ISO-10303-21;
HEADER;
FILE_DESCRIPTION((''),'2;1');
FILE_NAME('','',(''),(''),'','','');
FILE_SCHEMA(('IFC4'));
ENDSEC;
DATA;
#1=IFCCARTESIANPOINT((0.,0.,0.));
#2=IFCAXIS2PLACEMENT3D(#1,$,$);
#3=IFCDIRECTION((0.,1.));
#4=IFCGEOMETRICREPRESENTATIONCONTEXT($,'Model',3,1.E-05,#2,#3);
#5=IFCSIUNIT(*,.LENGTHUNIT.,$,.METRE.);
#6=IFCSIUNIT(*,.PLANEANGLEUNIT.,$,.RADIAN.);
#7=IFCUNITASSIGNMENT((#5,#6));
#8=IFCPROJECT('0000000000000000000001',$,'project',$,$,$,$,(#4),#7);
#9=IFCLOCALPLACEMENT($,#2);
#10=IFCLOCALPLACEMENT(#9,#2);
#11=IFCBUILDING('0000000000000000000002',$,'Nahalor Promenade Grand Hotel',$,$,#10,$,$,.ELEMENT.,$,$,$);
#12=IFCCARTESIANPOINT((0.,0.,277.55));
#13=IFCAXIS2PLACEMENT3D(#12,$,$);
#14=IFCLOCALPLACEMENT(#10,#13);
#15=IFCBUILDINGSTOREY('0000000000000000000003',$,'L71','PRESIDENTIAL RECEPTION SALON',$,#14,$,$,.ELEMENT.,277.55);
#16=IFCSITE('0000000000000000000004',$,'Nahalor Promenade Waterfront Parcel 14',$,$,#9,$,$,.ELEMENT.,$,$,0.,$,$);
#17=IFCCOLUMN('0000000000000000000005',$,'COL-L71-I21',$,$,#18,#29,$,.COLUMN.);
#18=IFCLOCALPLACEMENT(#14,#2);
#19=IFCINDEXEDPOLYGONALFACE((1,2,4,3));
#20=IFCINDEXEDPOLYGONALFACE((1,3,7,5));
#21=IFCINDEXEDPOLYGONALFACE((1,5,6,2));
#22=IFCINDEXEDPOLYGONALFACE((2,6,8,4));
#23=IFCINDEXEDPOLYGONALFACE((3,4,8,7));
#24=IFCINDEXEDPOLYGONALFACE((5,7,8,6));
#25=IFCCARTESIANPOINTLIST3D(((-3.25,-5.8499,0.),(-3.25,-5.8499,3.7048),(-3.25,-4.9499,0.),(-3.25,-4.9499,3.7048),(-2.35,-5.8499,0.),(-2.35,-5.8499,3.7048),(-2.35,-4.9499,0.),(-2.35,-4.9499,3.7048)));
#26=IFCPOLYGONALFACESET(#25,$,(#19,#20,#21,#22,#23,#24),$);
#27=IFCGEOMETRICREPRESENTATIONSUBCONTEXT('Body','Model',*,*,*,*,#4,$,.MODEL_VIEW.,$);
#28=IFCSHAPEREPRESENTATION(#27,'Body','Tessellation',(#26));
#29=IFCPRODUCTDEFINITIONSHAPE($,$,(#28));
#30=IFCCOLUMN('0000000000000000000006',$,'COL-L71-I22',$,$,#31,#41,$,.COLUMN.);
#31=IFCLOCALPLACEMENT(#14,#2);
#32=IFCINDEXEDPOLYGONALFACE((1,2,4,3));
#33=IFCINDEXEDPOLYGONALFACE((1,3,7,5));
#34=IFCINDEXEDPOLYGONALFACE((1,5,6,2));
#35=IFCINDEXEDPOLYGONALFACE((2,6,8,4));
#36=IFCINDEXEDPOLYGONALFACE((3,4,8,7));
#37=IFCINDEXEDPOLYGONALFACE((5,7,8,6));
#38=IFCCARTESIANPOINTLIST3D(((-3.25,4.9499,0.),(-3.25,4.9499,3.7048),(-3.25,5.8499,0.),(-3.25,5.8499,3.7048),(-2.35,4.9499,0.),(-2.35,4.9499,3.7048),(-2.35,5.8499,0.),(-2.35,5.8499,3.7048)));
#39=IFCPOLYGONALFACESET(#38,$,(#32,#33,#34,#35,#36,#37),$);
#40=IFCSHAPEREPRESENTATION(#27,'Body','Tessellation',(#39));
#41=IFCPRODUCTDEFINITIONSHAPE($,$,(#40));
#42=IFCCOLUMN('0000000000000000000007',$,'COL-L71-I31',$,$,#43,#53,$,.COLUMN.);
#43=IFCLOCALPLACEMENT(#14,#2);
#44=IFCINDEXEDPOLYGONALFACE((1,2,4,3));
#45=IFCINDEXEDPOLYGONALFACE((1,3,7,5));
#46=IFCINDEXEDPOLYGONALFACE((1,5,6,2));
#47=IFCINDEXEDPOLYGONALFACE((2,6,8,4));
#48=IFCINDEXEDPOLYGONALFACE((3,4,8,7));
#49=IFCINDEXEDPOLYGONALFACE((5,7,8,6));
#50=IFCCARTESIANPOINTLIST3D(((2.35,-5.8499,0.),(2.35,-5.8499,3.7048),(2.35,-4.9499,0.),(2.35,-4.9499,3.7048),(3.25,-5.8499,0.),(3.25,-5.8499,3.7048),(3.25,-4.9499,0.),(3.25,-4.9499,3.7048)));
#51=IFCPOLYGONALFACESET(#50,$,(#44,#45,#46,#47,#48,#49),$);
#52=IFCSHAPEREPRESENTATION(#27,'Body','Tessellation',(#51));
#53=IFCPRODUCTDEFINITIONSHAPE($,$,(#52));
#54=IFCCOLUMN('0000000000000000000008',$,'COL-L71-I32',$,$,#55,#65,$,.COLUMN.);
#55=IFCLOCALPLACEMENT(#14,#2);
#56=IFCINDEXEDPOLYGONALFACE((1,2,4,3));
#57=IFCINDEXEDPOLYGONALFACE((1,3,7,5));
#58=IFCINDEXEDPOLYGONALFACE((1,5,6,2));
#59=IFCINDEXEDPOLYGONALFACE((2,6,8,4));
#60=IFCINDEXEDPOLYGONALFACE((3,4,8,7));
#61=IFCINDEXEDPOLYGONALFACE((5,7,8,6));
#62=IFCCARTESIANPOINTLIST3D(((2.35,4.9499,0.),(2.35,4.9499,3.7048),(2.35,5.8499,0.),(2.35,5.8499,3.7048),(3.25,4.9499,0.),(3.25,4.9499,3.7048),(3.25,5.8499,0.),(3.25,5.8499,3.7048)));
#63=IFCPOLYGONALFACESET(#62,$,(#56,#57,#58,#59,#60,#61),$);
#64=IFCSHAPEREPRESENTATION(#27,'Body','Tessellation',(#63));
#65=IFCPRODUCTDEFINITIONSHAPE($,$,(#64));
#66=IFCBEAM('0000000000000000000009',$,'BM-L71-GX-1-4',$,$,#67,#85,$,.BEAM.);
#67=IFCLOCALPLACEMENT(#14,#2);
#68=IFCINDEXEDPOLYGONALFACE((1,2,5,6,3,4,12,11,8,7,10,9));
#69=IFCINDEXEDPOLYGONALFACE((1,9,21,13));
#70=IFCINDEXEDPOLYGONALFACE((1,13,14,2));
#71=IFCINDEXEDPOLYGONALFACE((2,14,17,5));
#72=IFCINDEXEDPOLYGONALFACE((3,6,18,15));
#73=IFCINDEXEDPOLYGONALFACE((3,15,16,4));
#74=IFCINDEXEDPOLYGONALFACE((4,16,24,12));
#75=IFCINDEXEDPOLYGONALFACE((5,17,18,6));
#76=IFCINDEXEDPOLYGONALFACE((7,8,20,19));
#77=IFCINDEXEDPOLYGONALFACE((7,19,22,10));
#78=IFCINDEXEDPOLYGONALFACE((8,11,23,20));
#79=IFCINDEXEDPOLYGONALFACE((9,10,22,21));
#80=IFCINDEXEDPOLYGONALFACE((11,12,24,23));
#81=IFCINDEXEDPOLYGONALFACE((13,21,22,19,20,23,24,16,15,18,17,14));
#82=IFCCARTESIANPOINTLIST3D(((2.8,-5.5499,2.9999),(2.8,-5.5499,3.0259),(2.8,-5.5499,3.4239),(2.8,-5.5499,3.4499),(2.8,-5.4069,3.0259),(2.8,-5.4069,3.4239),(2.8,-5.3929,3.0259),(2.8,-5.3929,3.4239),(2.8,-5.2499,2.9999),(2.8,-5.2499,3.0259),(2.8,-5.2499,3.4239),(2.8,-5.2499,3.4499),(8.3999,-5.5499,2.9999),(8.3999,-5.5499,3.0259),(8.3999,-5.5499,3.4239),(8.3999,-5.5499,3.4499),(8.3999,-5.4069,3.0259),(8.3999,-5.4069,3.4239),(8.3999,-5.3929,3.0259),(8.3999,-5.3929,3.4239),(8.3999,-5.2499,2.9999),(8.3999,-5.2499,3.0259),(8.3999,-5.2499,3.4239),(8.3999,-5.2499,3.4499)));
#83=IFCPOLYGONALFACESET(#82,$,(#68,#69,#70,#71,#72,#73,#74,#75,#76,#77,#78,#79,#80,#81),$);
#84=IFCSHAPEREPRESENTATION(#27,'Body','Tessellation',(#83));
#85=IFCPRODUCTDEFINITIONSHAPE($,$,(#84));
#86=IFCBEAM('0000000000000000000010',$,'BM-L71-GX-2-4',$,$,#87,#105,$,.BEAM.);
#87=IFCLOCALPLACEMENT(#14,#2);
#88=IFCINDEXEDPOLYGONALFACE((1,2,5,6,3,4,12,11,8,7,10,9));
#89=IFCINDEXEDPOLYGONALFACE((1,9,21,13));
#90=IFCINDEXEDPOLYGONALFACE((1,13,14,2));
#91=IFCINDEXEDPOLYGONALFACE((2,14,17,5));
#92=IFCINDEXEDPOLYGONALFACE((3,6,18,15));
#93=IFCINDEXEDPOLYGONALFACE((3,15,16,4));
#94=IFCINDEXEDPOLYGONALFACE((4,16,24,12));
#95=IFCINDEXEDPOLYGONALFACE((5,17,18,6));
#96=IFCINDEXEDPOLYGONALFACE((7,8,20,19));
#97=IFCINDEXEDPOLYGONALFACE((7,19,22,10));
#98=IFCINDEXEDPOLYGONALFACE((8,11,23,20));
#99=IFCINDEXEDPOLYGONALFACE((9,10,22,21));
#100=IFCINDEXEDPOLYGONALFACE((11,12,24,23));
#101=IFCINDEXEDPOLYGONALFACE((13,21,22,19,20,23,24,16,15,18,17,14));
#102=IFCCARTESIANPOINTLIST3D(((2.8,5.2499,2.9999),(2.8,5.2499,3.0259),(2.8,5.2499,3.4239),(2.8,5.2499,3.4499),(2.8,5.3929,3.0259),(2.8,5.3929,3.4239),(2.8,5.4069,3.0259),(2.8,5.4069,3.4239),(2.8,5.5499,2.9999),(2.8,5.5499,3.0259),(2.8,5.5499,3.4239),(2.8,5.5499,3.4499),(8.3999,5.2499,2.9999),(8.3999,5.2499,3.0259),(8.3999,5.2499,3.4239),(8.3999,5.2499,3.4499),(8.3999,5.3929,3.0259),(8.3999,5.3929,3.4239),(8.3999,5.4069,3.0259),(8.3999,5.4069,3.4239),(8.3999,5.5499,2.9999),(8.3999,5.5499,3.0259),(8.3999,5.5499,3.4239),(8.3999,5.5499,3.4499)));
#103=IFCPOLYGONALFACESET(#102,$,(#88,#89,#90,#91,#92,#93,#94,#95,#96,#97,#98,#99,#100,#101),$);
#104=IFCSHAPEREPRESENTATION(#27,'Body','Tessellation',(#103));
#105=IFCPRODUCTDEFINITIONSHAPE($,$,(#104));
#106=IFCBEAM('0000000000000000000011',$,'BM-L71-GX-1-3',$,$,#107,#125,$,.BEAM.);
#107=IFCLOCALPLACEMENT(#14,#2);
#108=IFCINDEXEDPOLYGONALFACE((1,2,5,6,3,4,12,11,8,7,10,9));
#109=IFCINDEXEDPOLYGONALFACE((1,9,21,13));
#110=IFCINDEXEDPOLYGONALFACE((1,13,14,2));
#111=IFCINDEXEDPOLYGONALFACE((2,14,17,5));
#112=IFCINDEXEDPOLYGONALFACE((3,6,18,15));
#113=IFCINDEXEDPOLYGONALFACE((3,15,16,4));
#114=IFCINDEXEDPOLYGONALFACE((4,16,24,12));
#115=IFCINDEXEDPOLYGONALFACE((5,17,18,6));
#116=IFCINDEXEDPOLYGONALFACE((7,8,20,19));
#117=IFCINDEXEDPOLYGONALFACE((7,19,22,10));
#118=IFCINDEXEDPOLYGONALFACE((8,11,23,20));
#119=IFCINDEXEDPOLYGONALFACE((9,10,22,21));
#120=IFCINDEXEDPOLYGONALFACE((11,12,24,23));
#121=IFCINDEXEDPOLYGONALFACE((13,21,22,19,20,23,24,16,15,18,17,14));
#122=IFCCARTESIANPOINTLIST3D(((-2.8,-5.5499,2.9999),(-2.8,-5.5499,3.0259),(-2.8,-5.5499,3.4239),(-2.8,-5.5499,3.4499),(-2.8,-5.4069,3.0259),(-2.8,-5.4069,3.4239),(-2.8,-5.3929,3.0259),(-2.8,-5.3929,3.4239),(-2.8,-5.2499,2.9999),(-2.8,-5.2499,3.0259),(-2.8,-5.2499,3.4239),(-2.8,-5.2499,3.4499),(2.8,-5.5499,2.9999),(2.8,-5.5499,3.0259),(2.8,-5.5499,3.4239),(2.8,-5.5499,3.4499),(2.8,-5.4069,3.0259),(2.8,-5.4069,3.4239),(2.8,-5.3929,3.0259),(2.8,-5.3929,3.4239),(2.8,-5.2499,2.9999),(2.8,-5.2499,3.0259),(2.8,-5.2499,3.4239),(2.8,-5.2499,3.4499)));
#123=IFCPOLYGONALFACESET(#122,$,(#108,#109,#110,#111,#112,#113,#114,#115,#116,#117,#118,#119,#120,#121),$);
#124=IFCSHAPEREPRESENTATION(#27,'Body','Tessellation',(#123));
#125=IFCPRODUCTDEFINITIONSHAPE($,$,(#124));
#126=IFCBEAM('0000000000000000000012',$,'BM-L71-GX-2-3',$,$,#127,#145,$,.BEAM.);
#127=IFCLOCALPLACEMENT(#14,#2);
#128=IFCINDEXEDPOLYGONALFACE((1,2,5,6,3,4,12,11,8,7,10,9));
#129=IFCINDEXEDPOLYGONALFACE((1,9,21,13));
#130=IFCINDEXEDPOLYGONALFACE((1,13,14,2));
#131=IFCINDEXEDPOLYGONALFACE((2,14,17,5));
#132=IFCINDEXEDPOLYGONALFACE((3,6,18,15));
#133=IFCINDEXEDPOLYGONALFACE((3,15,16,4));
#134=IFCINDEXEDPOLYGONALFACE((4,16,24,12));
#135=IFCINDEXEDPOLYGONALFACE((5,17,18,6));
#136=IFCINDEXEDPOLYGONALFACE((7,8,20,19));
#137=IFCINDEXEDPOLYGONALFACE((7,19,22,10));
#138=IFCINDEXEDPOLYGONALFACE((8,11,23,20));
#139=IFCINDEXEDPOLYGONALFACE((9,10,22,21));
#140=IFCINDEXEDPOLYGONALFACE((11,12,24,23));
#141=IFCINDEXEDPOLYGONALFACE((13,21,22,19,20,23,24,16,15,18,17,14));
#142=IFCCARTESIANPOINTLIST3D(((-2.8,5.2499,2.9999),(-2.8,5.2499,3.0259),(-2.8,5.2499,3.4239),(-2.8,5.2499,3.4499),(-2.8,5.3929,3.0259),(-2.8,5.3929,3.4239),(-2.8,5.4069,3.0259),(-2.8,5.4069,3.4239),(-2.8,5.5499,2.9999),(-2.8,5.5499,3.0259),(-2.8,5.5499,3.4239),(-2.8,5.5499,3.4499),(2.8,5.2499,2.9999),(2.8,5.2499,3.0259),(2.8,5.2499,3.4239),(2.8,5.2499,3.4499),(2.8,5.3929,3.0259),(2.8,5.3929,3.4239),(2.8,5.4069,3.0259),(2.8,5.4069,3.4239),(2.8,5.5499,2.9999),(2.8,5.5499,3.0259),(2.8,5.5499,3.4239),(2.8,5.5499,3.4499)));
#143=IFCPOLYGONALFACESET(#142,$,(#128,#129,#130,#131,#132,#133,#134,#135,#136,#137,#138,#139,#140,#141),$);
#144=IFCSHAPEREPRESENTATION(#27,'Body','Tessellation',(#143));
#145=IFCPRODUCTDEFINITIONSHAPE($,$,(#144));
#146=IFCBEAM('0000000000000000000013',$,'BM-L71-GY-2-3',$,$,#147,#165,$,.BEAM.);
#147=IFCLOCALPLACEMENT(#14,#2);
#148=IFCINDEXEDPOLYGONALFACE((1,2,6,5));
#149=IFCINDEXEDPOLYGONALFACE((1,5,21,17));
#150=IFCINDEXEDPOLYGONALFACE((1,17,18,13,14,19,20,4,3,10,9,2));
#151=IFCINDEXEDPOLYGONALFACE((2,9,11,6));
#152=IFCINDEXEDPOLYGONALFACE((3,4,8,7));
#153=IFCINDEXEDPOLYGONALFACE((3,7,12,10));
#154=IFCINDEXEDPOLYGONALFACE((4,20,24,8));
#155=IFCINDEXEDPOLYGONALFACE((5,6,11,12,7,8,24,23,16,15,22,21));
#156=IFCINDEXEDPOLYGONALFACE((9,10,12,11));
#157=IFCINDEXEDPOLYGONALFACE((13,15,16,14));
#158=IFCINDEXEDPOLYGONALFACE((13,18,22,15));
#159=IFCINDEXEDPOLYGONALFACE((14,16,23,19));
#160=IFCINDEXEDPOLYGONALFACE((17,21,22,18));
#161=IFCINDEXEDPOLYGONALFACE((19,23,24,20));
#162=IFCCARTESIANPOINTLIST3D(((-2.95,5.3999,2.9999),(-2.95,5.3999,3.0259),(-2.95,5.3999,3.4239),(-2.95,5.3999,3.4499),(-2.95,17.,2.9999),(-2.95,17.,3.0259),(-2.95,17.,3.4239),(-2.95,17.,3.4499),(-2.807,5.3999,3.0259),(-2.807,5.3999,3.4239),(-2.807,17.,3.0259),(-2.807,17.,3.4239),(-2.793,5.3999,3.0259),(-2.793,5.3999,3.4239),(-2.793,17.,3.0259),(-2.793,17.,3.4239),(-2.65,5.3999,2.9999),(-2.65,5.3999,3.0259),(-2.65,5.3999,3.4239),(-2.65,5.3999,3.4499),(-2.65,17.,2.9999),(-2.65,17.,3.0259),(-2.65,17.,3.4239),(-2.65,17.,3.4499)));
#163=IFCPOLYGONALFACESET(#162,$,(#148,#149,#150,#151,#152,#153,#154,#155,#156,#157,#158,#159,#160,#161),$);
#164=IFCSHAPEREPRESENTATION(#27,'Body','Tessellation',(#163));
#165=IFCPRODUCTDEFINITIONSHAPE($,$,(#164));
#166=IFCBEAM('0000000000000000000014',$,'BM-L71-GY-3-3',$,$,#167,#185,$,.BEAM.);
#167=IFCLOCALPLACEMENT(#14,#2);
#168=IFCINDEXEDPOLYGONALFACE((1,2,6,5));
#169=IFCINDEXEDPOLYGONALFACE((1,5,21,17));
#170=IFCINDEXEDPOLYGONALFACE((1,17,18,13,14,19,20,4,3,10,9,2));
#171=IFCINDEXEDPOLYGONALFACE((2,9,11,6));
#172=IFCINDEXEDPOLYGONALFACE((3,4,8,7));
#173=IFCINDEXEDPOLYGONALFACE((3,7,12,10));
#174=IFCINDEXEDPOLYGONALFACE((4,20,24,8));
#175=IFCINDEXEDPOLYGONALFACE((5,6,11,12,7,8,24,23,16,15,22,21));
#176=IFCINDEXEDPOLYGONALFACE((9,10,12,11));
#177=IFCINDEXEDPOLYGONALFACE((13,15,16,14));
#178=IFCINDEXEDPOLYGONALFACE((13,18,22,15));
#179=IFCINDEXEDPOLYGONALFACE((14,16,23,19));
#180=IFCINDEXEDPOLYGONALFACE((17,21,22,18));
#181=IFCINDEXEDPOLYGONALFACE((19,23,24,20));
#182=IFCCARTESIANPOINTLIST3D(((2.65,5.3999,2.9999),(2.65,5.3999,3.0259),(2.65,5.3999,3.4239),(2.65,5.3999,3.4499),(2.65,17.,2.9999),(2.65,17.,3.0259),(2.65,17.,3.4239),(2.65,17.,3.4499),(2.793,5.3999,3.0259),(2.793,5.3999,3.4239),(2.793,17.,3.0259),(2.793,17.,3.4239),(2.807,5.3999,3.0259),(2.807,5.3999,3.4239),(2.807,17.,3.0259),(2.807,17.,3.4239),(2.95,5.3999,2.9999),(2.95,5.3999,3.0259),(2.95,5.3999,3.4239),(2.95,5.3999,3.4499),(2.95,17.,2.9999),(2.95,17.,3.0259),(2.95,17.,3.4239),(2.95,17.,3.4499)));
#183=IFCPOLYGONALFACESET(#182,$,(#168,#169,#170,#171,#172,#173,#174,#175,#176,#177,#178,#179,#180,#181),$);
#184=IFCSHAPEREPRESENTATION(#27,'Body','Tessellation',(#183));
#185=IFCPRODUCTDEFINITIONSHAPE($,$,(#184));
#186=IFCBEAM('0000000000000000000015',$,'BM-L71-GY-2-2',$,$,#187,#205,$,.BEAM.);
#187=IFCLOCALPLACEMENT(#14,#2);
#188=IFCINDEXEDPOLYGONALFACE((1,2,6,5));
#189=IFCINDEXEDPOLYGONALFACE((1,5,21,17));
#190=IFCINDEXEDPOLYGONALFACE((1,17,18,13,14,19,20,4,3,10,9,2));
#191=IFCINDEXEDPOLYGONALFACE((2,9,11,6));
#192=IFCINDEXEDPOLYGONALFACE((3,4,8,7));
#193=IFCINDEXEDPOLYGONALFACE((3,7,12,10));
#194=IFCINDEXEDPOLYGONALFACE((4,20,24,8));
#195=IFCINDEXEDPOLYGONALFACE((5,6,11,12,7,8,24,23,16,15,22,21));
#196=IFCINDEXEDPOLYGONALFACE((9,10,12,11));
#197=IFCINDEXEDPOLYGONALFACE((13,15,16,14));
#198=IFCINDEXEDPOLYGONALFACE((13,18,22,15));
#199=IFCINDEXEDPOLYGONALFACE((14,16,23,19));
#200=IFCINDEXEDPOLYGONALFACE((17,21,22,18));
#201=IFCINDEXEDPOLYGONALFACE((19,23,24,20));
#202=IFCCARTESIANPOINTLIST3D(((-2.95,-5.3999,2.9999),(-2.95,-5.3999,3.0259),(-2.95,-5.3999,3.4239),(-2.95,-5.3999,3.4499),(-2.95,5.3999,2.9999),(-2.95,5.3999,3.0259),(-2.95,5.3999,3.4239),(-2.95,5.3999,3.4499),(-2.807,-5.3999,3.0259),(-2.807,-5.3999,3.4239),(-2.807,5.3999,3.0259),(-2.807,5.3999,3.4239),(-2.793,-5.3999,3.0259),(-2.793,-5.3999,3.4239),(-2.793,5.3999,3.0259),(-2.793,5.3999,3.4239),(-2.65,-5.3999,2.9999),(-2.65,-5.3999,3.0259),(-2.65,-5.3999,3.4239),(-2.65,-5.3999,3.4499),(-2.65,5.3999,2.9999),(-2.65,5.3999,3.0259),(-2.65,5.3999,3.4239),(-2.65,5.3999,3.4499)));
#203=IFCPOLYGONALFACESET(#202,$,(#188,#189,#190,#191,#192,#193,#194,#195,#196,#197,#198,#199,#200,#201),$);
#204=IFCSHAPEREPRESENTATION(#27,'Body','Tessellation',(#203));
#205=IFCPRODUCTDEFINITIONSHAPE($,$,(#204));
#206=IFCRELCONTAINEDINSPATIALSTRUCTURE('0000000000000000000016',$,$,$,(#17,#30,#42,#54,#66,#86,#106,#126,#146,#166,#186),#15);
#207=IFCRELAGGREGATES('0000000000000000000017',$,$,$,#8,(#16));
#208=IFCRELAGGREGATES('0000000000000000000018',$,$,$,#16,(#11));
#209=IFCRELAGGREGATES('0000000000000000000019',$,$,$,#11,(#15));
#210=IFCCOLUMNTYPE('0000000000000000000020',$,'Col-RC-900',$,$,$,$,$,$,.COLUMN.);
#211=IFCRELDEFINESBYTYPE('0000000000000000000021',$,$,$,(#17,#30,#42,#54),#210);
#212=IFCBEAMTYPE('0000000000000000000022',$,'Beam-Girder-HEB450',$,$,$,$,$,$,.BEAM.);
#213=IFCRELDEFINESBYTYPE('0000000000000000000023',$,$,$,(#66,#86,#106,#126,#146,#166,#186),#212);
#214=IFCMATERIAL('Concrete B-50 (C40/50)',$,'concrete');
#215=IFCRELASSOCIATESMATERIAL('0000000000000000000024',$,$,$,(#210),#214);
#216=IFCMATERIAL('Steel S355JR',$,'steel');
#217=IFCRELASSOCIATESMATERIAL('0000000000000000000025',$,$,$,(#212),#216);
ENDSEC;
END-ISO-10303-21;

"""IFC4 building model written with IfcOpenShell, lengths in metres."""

from ifc_helpers import new_model, si_unit, direction, frame, origin, origin_2d, place, context, subcontext, project, spatial, rectangle, i_section, extrude, source, transform, mapped, material, material_profile, profile_set, type_object, element, save


model = new_model("IFC4")

# Units and contexts
model_context = context("Model", 3, precision=1e-05, world=origin(), true_north=direction((0.0, 1.0)))
body_context = subcontext(model_context, "Body", "Model", "MODEL_VIEW")
ifc_project = project(units=[si_unit("LENGTHUNIT", "METRE"), si_unit("PLANEANGLEUNIT", "RADIAN")], contexts=[model_context])

# Site, building, storey
site_placement = place(None, origin())
site = spatial("IfcSite", under=ifc_project, at=site_placement, Name="Nahalor Promenade Waterfront Parcel 14", CompositionType="ELEMENT", RefElevation=0.0)
building_placement = place(site_placement, origin())
building = spatial("IfcBuilding", under=site, at=building_placement, Name="Nahalor Promenade Grand Hotel", CompositionType="ELEMENT")
storey_placement = place(building_placement, frame((0.0, 0.0, 277.55)))
storey = spatial("IfcBuildingStorey", under=building, at=storey_placement, Name="L71", Description="PRESIDENTIAL RECEPTION SALON", CompositionType="ELEMENT", Elevation=277.55)

# Columns
ifc_material_1 = material(Name="Concrete B-50 (C40/50)", Category="concrete")
ifc_material_profile_1 = material_profile(ifc_material_1, rectangle(XDim=0.9, YDim=0.9, at=origin_2d()), Name="RC 900x900")
ifc_profile_set_1 = profile_set([ifc_material_profile_1], Name="Concrete B-50 (C40/50)")
column_type = type_object("IfcColumnType", Name="Col-RC-900", PredefinedType="COLUMN", material=ifc_profile_set_1)
shared_shape_1 = source(origin(), body_context, "Body", "SweptSolid", [
    extrude(rectangle(XDim=0.9, YDim=0.9, at=origin_2d()), origin(), (0.0, 0.0, 1.0), 3.7048),
])
for number, where, z_axis, x_axis, name in (
    (1, (-2.8, -5.3999, 0.0), (0.0, 0.0, 1.0), (1.0, 0.0, 0.0), "COL-L71-I21"),
    (2, (-2.8, 5.3999, 0.0), (0.0, 0.0, 1.0), (1.0, 0.0, 0.0), "COL-L71-I22"),
    (3, (2.8, -5.3999, 0.0), (0.0, 0.0, 1.0), (1.0, 0.0, 0.0), "COL-L71-I31"),
    (4, (2.8, 5.3999, 0.0), (0.0, 0.0, 1.0), (1.0, 0.0, 0.0), "COL-L71-I32"),
):
    element("IfcColumn", number, at=place(storey_placement, frame(where, z_axis=z_axis, x_axis=x_axis)), inside=storey, type_object=column_type, Name=name, PredefinedType="COLUMN", context=body_context, shape_type="MappedRepresentation", body=[
        mapped(shared_shape_1, transform((0.0, 0.0, 0.0), scale=1.0)),
    ])

# Beams
ifc_material_2 = material(Name="Steel S355JR", Category="steel")
ifc_material_profile_2 = material_profile(ifc_material_2, i_section(OverallWidth=0.3, OverallDepth=0.45, WebThickness=0.014, FlangeThickness=0.026, at=origin_2d()), Name="HEB 450")
ifc_profile_set_2 = profile_set([ifc_material_profile_2], Name="Steel S355JR")
beam_type = type_object("IfcBeamType", Name="Beam-Girder-HEB450", PredefinedType="BEAM", material=ifc_profile_set_2)
shared_shape_2 = source(origin(), body_context, "Body", "SweptSolid", [
    extrude(i_section(OverallWidth=0.3, OverallDepth=0.45, WebThickness=0.014, FlangeThickness=0.026, at=origin_2d()), origin(), (0.0, 0.0, 1.0), 5.5999),
])
for number, where, z_axis, x_axis, name in (
    (5, (2.8, -5.3999, 3.2249), (1.0, 0.0, 0.0), (0.0, 1.0, 0.0), "BM-L71-GX-1-4"),
    (6, (2.8, 5.3999, 3.2249), (1.0, 0.0, 0.0), (0.0, 1.0, 0.0), "BM-L71-GX-2-4"),
):
    element("IfcBeam", number, at=place(storey_placement, frame(where, z_axis=z_axis, x_axis=x_axis)), inside=storey, type_object=beam_type, Name=name, PredefinedType="BEAM", context=body_context, shape_type="MappedRepresentation", body=[
        mapped(shared_shape_2, transform((0.0, 0.0, 0.0), scale=1.0)),
    ])
shared_shape_3 = source(origin(), body_context, "Body", "SweptSolid", [
    extrude(i_section(OverallWidth=0.3, OverallDepth=0.45, WebThickness=0.014, FlangeThickness=0.026, at=origin_2d()), origin(), (0.0, 0.0, 1.0), 5.6001),
])
for number, where, z_axis, x_axis, name in (
    (7, (-2.8, -5.3999, 3.2249), (1.0, 0.0, 0.0), (0.0, 1.0, 0.0), "BM-L71-GX-1-3"),
    (8, (-2.8, 5.3999, 3.2249), (1.0, 0.0, 0.0), (0.0, 1.0, 0.0), "BM-L71-GX-2-3"),
):
    element("IfcBeam", number, at=place(storey_placement, frame(where, z_axis=z_axis, x_axis=x_axis)), inside=storey, type_object=beam_type, Name=name, PredefinedType="BEAM", context=body_context, shape_type="MappedRepresentation", body=[
        mapped(shared_shape_3, transform((0.0, 0.0, 0.0), scale=1.0)),
    ])
shared_shape_4 = source(origin(), body_context, "Body", "SweptSolid", [
    extrude(i_section(OverallWidth=0.3, OverallDepth=0.45, WebThickness=0.014, FlangeThickness=0.026, at=origin_2d()), origin(), (0.0, 0.0, 1.0), 11.6001),
])
for number, where, z_axis, x_axis, name in (
    (9, (-2.8, 5.3999, 3.2249), (0.0, 1.0, 0.0), (-1.0, 0.0, 0.0), "BM-L71-GY-2-3"),
    (10, (2.8, 5.3999, 3.2249), (0.0, 1.0, 0.0), (-1.0, 0.0, 0.0), "BM-L71-GY-3-3"),
):
    element("IfcBeam", number, at=place(storey_placement, frame(where, z_axis=z_axis, x_axis=x_axis)), inside=storey, type_object=beam_type, Name=name, PredefinedType="BEAM", context=body_context, shape_type="MappedRepresentation", body=[
        mapped(shared_shape_4, transform((0.0, 0.0, 0.0), scale=1.0)),
    ])
shared_shape_5 = source(origin(), body_context, "Body", "SweptSolid", [
    extrude(i_section(OverallWidth=0.3, OverallDepth=0.45, WebThickness=0.014, FlangeThickness=0.026, at=origin_2d()), origin(), (0.0, 0.0, 1.0), 10.7998),
])
for number, where, z_axis, x_axis, name in (
    (11, (-2.8, -5.3999, 3.2249), (0.0, 1.0, 0.0), (-1.0, 0.0, 0.0), "BM-L71-GY-2-2"),
):
    element("IfcBeam", number, at=place(storey_placement, frame(where, z_axis=z_axis, x_axis=x_axis)), inside=storey, type_object=beam_type, Name=name, PredefinedType="BEAM", context=body_context, shape_type="MappedRepresentation", body=[
        mapped(shared_shape_5, transform((0.0, 0.0, 0.0), scale=1.0)),
    ])

save(model, "model.ifc")
